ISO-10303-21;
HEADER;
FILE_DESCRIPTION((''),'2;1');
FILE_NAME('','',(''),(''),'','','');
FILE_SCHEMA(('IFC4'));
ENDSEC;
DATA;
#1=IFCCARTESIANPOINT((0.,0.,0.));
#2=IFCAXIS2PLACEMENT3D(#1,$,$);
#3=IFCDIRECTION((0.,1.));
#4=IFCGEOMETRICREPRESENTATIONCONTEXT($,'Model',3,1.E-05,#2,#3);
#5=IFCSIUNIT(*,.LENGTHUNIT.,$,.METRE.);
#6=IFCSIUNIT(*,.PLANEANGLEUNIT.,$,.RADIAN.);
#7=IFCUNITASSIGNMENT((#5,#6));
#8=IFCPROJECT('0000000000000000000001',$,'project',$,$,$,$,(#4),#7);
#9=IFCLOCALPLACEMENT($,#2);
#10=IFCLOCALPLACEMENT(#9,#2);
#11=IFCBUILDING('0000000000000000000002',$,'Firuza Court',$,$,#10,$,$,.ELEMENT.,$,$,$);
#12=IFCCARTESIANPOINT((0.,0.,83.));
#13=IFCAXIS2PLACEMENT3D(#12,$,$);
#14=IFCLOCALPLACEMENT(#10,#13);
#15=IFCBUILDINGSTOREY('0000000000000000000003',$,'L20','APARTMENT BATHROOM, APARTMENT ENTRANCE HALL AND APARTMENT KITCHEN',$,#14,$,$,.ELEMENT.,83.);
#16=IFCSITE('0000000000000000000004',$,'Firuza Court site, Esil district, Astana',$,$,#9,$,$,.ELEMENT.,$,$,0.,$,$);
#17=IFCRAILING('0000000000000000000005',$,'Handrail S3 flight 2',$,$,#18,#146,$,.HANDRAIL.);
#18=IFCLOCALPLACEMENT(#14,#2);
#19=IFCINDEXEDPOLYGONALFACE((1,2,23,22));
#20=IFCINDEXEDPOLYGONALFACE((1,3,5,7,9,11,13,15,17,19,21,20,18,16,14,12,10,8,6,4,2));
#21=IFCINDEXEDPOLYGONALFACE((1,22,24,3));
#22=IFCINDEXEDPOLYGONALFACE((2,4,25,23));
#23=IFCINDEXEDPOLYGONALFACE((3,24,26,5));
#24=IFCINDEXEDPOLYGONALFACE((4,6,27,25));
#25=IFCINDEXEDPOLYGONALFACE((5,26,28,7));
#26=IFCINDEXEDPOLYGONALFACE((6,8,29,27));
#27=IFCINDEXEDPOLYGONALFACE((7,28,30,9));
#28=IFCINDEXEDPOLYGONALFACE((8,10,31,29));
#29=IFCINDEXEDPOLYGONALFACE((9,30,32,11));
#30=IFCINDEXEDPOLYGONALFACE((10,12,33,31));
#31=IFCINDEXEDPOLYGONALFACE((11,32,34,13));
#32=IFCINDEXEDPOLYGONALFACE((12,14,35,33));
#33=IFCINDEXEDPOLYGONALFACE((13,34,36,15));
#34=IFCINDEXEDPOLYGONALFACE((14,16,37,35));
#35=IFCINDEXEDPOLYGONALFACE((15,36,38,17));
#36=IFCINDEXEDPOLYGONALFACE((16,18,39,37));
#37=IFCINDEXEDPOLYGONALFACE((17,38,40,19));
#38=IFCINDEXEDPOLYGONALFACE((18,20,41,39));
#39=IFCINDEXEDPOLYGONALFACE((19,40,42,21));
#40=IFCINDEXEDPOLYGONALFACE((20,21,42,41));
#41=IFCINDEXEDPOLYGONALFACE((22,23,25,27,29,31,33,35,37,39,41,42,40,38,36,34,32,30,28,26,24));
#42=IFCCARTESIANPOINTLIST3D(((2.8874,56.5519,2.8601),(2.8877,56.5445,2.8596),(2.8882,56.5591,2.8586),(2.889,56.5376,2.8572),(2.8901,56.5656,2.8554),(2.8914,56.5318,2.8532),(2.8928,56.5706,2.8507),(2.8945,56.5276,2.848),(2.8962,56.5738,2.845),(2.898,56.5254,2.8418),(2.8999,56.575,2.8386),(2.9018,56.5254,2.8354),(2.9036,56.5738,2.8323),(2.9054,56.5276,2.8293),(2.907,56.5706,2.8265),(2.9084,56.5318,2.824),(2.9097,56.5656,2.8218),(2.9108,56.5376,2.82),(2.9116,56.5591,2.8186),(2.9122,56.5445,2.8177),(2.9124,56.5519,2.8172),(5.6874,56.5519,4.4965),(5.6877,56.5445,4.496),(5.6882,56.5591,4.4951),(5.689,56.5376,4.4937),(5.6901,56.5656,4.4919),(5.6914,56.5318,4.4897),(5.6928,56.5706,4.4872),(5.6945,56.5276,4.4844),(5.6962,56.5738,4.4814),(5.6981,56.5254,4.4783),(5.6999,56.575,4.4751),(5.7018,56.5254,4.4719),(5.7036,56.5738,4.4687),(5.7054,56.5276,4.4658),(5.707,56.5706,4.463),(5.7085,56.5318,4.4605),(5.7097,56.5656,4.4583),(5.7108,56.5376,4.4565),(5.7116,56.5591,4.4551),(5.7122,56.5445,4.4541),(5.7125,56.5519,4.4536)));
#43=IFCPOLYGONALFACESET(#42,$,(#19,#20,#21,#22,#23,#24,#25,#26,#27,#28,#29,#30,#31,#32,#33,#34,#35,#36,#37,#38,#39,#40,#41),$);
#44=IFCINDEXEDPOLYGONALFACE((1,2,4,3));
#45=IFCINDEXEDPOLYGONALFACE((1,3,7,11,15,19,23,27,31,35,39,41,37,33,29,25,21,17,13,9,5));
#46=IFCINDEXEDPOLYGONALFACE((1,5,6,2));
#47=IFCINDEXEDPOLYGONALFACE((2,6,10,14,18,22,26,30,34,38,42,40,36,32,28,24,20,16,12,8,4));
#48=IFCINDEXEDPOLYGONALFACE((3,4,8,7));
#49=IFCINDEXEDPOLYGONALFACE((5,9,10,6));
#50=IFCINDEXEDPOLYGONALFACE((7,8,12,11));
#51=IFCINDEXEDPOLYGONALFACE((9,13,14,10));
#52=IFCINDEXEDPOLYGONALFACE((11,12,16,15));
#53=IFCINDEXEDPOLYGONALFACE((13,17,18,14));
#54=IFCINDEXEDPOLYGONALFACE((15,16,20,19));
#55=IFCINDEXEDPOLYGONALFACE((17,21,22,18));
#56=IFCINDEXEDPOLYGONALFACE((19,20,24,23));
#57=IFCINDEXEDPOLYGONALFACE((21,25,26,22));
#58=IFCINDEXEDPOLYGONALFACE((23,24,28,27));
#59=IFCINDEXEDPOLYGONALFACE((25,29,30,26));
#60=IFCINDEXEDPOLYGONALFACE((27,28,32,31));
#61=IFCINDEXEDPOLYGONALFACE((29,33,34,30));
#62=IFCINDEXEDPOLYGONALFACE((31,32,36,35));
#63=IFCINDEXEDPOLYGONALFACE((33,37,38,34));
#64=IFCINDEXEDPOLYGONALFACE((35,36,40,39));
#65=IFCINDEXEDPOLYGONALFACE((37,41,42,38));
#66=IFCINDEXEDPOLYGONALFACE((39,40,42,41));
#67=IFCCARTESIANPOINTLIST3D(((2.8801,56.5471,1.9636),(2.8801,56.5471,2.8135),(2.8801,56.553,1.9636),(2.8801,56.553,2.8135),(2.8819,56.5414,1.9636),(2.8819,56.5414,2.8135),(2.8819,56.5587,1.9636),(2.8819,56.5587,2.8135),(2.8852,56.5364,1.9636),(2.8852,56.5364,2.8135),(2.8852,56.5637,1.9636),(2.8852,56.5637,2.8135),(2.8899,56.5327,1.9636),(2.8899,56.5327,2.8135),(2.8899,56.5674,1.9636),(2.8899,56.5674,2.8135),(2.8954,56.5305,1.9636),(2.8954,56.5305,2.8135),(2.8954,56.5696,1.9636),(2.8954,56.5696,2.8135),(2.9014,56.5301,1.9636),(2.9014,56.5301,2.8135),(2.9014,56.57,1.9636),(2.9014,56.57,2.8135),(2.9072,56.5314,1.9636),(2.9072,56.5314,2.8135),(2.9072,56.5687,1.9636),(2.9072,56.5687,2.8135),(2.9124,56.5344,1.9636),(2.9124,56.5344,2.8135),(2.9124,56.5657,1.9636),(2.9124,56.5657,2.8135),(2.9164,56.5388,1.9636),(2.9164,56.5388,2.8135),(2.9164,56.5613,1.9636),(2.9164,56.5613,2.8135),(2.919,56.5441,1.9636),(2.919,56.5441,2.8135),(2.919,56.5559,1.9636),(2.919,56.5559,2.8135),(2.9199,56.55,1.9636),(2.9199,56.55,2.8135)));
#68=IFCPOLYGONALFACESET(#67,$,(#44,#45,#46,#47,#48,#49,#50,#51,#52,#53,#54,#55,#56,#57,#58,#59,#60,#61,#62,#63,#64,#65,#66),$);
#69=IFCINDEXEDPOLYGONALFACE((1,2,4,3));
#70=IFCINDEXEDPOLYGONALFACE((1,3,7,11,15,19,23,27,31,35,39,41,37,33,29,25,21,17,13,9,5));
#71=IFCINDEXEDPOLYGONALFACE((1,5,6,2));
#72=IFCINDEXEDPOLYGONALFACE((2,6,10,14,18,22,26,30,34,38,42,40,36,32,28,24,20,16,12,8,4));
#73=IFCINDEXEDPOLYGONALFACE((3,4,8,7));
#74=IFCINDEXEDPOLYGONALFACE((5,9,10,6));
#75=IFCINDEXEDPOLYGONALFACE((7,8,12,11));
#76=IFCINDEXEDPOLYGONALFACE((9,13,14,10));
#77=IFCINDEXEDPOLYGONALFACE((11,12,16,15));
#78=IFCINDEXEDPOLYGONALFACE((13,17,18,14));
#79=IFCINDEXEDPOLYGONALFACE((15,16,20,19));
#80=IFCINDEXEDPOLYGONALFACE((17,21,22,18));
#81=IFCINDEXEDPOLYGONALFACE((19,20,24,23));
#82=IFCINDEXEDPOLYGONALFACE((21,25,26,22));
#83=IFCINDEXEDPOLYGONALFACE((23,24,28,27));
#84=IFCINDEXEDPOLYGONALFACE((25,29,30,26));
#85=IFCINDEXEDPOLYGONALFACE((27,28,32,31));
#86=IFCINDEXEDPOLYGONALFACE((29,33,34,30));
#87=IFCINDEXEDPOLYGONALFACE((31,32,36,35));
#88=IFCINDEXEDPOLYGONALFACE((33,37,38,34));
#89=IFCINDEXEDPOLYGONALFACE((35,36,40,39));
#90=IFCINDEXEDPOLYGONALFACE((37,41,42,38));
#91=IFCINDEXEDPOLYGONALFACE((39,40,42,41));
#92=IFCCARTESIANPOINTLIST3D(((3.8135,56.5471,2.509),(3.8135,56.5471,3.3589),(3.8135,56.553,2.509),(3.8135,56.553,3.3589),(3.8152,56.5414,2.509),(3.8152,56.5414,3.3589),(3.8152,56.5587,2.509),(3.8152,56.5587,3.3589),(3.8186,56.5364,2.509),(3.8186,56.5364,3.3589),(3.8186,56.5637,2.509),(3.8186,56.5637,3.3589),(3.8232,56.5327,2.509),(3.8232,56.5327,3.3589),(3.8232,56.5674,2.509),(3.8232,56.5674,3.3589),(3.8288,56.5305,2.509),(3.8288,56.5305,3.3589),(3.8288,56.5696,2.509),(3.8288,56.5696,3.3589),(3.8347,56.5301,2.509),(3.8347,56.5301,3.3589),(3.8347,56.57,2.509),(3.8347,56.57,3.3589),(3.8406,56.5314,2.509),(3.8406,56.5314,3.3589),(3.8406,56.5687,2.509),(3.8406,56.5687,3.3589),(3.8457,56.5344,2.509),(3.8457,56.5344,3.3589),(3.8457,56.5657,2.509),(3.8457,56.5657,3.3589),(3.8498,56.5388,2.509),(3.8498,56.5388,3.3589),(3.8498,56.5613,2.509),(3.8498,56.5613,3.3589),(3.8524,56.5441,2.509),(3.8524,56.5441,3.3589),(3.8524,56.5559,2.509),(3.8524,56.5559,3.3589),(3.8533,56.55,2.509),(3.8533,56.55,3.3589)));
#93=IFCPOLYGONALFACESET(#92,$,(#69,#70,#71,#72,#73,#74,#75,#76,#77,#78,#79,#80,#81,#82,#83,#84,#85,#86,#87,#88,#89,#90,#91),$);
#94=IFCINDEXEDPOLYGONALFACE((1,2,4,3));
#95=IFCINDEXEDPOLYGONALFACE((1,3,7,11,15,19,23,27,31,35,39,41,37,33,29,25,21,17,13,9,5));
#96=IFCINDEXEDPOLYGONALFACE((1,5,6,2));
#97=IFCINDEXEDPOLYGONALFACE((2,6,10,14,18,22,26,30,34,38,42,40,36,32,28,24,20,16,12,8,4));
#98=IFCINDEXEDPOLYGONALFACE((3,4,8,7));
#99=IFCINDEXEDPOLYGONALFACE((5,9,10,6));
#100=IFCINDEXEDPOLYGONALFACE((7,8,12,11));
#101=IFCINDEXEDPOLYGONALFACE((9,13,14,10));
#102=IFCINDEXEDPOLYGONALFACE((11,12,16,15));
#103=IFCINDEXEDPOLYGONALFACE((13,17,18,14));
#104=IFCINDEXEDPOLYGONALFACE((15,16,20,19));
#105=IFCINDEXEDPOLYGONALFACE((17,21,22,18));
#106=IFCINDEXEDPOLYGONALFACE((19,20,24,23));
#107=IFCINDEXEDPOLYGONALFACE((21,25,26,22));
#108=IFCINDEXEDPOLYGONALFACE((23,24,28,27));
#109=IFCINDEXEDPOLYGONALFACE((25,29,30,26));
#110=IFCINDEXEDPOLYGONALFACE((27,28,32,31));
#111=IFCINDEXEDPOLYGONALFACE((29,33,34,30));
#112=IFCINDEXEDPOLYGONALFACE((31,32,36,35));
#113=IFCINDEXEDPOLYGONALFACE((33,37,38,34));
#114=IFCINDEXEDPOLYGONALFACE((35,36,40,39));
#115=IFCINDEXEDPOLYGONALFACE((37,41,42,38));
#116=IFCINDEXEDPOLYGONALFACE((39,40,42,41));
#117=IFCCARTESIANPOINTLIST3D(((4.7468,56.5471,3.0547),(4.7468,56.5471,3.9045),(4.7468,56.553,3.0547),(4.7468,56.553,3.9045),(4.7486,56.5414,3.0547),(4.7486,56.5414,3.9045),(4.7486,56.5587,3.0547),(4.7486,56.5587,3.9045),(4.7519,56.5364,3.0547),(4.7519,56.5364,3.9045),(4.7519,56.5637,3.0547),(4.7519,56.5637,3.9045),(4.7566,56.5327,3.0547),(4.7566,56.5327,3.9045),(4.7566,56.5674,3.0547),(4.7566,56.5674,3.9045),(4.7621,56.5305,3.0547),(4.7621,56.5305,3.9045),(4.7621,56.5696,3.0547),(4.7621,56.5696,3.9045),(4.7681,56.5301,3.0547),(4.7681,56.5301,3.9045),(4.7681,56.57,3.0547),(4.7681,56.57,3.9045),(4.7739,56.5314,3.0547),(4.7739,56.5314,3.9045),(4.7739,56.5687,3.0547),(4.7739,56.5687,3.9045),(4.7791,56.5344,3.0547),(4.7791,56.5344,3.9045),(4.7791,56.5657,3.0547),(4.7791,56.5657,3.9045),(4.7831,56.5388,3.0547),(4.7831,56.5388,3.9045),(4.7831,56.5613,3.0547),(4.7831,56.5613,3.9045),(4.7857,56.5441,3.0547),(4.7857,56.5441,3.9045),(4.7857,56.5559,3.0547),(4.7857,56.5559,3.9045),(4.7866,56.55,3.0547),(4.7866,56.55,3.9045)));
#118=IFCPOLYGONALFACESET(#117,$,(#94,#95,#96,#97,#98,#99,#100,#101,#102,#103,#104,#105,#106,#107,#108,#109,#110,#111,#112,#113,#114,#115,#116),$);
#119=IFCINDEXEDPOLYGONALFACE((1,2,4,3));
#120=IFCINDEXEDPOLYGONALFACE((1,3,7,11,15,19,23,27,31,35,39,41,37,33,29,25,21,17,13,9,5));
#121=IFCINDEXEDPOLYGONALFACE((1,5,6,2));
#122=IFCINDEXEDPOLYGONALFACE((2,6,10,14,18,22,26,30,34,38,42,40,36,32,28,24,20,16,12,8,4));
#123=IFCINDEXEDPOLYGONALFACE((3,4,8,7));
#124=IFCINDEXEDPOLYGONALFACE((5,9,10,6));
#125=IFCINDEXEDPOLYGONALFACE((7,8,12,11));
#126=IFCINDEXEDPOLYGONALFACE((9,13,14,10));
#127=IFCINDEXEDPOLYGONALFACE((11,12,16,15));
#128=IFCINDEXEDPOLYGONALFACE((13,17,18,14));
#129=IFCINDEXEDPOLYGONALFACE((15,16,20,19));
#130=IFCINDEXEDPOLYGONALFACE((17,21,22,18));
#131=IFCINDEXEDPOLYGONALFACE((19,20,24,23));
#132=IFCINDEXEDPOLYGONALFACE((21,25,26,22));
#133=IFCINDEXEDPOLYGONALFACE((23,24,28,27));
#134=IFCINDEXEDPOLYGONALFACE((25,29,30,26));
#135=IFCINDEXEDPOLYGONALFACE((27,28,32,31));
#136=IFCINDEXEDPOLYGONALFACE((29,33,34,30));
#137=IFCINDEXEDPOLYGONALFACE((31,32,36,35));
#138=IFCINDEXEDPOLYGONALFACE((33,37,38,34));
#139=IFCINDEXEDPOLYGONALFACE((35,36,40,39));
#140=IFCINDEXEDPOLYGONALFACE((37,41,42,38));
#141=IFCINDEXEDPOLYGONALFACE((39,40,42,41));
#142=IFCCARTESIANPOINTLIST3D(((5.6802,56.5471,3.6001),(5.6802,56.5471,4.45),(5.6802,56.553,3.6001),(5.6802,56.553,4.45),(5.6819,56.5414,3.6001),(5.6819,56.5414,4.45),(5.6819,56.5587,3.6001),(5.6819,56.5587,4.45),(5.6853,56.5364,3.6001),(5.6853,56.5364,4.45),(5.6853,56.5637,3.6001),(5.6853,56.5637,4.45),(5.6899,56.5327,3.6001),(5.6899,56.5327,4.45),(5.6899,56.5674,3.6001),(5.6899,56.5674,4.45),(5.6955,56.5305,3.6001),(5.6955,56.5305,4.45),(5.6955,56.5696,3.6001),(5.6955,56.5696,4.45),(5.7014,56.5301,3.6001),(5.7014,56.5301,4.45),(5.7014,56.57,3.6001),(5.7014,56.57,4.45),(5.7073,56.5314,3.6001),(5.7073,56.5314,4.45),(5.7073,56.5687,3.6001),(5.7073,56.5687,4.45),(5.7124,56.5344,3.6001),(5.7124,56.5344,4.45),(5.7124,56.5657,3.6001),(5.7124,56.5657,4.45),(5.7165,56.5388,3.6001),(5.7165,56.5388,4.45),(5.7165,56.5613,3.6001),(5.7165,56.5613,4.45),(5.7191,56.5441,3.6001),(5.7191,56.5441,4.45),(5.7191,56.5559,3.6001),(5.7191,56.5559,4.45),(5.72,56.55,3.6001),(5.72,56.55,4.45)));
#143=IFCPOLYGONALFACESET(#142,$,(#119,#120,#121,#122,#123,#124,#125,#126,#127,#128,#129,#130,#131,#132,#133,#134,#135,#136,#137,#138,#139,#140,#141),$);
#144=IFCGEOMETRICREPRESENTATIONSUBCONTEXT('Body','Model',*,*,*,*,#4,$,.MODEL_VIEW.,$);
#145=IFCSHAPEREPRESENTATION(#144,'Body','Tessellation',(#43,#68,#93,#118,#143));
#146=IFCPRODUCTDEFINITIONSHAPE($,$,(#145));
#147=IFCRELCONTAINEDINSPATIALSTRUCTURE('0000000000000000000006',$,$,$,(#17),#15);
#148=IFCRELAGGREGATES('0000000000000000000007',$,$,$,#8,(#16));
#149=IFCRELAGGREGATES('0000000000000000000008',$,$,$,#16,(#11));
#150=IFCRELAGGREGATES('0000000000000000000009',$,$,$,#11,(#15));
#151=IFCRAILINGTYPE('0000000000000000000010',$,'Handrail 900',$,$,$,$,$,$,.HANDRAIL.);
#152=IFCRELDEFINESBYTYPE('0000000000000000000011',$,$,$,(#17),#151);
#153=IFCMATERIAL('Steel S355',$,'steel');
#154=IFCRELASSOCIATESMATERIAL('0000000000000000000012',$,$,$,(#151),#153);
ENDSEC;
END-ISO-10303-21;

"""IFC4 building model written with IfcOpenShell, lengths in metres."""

from ifc_helpers import new_model, si_unit, direction, frame, origin, origin_2d, place, context, subcontext, project, spatial, circle, extrude, material, type_object, element, save


model = new_model("IFC4")

# Units and contexts
model_context = context("Model", 3, precision=1e-05, world=origin(), true_north=direction((0.0, 1.0)))
body_context = subcontext(model_context, "Body", "Model", "MODEL_VIEW")
ifc_project = project(units=[si_unit("LENGTHUNIT", "METRE"), si_unit("PLANEANGLEUNIT", "RADIAN")], contexts=[model_context])

# Site, building, storey
site_placement = place(None, origin())
site = spatial("IfcSite", under=ifc_project, at=site_placement, Name="Firuza Court site, Esil district, Astana", CompositionType="ELEMENT", RefElevation=0.0)
building_placement = place(site_placement, origin())
building = spatial("IfcBuilding", under=site, at=building_placement, Name="Firuza Court", CompositionType="ELEMENT")
storey_placement = place(building_placement, frame((0.0, 0.0, 83.0)))
storey = spatial("IfcBuildingStorey", under=building, at=storey_placement, Name="L20", Description="APARTMENT BATHROOM, APARTMENT ENTRANCE HALL AND APARTMENT KITCHEN", CompositionType="ELEMENT", Elevation=83.0)

# Railing
ifc_material_1 = material(Name="Steel S355", Category="steel")
railing_type_1 = type_object("IfcRailingType", Name="Handrail 900", PredefinedType="HANDRAIL", material=ifc_material_1)
railing_1_placement = place(storey_placement, frame((2.8999, 56.55, 1.9636)))
element("IfcRailing", 1, at=railing_1_placement, inside=storey, type_object=railing_type_1, Name="Handrail S3 flight 2", PredefinedType="HANDRAIL", context=body_context, shape_type="SweptSolid", body=[
    extrude(circle(Radius=0.0249, at=origin_2d()), frame((0.0, 0.0, 0.875), z_axis=(0.863361, 0.0, 0.504587), x_axis=(0.0, 1.0, 0.0)), (0.0, 0.0, 1.0), 3.2432),
    extrude(circle(Radius=0.02, at=origin_2d()), origin(), (0.0, 0.0, 1.0), 0.8499),
    extrude(circle(Radius=0.02, at=origin_2d()), frame((0.9333, 0.0, 0.5454)), (0.0, 0.0, 1.0), 0.8499),
    extrude(circle(Radius=0.02, at=origin_2d()), frame((1.8667, 0.0, 1.0911)), (0.0, 0.0, 1.0), 0.8499),
    extrude(circle(Radius=0.02, at=origin_2d()), frame((2.8, 0.0, 1.6365)), (0.0, 0.0, 1.0), 0.8499),
])

save(model, "model.ifc")
